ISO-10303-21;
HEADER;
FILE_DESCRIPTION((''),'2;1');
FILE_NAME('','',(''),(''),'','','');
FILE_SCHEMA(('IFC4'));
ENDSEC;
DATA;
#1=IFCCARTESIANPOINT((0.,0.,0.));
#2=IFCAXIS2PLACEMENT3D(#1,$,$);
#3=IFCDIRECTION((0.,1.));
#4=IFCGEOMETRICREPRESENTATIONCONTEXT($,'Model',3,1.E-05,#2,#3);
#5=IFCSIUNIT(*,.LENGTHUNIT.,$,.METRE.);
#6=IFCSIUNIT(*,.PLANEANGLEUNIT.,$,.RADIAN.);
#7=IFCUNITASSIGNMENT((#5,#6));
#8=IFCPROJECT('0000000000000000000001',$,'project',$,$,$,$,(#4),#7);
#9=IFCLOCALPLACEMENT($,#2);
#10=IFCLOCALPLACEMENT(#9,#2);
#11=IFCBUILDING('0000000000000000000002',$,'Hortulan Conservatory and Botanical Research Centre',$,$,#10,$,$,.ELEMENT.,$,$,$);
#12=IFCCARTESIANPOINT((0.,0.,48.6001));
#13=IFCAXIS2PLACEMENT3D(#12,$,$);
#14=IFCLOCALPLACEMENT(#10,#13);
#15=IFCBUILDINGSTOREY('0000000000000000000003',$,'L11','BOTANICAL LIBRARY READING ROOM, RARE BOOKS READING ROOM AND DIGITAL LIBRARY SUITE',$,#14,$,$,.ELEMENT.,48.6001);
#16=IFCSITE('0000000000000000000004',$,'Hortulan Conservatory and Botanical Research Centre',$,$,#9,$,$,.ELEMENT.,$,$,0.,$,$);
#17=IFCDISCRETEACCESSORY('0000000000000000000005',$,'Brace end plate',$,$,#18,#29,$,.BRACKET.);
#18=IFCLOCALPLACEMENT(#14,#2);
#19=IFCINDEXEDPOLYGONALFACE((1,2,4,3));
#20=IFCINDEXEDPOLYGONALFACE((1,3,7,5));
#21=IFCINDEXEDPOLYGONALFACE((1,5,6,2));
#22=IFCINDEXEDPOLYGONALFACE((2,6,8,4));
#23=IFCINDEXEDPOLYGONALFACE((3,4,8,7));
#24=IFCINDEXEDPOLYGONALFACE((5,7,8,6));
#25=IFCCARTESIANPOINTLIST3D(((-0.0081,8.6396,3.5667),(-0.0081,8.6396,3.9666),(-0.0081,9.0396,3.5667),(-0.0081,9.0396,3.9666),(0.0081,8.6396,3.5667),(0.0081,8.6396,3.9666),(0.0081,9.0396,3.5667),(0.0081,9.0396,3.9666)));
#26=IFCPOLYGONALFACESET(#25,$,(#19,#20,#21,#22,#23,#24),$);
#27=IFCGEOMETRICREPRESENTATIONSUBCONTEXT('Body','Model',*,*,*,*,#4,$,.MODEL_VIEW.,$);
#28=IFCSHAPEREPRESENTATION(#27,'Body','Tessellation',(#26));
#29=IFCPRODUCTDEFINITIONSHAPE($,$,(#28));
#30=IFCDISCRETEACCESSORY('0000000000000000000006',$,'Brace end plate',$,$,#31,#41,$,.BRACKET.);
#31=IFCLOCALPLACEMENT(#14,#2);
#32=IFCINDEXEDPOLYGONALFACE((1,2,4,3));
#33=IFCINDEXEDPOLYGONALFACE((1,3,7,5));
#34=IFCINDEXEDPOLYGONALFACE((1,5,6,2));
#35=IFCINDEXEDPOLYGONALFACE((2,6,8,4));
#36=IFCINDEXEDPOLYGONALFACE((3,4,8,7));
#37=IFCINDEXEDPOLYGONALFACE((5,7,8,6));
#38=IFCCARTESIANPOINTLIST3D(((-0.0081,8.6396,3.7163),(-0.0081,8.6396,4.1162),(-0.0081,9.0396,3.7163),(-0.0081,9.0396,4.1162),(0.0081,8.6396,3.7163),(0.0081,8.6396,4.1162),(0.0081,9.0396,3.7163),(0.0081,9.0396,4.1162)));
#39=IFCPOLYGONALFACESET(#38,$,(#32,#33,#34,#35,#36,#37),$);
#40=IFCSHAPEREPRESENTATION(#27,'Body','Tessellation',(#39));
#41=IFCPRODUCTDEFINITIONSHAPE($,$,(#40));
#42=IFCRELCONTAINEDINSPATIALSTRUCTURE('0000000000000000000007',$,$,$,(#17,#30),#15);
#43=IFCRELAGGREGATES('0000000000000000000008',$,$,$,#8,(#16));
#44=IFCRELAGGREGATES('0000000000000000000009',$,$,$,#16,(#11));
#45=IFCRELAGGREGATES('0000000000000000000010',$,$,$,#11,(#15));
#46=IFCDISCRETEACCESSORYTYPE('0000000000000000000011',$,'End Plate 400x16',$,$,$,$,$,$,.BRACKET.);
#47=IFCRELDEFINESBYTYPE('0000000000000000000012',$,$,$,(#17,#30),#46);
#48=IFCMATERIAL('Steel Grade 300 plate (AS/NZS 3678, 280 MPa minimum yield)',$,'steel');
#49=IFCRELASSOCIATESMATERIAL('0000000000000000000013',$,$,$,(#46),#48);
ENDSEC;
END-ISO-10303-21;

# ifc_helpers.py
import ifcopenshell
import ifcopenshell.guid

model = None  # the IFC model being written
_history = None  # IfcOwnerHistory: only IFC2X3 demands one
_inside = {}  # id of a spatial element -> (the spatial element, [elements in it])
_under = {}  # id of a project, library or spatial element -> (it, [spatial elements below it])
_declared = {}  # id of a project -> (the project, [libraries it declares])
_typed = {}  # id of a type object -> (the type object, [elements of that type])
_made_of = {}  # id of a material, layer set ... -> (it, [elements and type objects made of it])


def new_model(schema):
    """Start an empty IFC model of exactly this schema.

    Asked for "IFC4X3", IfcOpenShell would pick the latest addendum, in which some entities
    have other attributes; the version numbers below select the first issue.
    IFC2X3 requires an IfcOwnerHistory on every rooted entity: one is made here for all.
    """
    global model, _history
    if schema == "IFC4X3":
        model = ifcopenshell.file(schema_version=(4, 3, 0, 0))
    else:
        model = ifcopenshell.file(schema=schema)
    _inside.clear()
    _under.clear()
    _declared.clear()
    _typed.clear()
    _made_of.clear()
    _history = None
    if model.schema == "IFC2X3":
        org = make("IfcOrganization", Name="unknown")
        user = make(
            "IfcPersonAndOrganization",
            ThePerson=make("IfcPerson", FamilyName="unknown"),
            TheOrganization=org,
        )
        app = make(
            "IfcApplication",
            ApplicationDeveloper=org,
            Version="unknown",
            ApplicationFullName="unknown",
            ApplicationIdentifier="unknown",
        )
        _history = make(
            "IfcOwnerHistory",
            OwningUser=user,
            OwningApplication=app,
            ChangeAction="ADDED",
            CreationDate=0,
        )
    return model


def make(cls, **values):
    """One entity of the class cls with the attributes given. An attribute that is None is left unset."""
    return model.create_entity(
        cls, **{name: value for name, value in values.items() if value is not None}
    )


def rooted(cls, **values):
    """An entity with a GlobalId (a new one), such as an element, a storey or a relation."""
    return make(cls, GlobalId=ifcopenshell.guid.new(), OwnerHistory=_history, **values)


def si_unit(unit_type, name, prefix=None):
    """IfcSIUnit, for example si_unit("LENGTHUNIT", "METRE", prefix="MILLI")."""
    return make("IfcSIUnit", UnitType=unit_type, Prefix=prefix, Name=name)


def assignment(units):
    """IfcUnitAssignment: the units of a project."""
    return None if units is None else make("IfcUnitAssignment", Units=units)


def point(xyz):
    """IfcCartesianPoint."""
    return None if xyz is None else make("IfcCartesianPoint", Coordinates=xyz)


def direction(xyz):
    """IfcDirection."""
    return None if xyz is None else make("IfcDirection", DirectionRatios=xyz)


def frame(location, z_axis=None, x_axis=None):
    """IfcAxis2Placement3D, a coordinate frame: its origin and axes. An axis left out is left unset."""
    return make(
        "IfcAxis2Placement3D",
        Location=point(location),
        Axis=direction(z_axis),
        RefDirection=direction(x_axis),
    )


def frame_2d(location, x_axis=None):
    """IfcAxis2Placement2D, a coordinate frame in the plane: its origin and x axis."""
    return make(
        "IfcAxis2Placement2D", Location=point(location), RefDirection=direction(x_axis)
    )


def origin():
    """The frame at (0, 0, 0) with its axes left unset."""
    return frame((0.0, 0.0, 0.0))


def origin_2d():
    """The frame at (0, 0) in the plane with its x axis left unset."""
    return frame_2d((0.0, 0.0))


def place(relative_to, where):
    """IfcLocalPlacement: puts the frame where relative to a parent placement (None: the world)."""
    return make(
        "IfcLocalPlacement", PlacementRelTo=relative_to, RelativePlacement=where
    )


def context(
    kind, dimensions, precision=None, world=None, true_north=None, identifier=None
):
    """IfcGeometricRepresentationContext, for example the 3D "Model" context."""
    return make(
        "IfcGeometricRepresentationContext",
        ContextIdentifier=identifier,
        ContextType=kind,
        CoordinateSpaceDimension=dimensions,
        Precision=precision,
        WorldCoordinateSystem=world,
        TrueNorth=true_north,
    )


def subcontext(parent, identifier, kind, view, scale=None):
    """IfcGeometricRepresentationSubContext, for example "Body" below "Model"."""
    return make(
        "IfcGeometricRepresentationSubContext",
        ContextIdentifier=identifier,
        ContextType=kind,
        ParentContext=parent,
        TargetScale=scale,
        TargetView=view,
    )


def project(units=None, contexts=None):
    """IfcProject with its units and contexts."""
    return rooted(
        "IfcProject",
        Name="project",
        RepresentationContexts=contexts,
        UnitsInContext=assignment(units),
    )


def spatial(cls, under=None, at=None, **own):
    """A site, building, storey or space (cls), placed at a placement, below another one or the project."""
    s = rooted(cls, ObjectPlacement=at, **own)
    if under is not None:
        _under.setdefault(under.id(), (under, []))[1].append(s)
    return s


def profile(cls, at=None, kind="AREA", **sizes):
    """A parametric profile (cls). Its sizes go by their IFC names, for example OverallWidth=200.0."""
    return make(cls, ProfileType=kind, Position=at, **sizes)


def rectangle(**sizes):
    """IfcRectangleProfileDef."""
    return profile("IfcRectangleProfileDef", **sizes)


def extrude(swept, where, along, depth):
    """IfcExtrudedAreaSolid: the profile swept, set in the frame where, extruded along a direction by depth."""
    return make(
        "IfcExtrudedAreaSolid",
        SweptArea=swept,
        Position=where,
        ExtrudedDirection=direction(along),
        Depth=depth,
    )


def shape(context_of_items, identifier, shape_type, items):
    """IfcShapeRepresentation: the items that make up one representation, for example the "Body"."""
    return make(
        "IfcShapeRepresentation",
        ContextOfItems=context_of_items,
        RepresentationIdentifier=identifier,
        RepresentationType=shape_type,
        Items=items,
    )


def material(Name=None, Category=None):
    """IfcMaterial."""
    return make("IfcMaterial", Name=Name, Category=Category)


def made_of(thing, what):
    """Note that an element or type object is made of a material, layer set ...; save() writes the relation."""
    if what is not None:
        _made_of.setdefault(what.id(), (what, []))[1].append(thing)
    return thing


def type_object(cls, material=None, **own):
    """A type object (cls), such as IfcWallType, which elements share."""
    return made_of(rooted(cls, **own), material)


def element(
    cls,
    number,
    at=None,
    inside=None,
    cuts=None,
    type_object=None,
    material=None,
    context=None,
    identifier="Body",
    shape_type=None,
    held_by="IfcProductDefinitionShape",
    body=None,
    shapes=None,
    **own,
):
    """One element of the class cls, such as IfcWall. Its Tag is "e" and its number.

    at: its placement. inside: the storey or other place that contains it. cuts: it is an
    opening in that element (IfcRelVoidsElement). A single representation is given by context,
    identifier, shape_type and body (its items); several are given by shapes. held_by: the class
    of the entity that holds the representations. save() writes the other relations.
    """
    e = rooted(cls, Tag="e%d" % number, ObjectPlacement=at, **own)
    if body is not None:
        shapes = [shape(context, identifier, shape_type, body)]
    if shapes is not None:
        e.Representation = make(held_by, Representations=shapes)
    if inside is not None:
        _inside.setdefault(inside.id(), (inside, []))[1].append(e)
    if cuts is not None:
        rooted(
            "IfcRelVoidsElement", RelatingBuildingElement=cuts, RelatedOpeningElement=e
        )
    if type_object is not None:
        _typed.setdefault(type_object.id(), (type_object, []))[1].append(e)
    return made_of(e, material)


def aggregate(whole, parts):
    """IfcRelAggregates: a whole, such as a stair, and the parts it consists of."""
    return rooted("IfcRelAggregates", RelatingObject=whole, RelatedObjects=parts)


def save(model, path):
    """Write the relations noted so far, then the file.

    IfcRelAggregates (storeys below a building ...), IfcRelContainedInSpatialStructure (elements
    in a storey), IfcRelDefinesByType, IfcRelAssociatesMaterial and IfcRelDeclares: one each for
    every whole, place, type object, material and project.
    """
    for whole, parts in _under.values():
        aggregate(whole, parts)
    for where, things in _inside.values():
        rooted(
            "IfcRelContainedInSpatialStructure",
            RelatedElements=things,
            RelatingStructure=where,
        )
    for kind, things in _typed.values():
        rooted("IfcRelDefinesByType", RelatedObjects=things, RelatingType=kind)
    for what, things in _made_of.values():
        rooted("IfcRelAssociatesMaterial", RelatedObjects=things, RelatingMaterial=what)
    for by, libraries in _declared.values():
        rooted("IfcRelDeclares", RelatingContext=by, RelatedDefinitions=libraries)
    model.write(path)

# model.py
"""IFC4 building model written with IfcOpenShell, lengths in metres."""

from ifc_helpers import new_model, si_unit, direction, frame, origin, origin_2d, place, context, subcontext, project, spatial, rectangle, extrude, material, type_object, element, save


model = new_model("IFC4")

# Units and contexts
model_context = context("Model", 3, precision=1e-05, world=origin(), true_north=direction((0.0, 1.0)))
body_context = subcontext(model_context, "Body", "Model", "MODEL_VIEW")
ifc_project = project(units=[si_unit("LENGTHUNIT", "METRE"), si_unit("PLANEANGLEUNIT", "RADIAN")], contexts=[model_context])

# Site, building, storey
site_placement = place(None, origin())
site = spatial("IfcSite", under=ifc_project, at=site_placement, Name="Hortulan Conservatory and Botanical Research Centre", CompositionType="ELEMENT", RefElevation=0.0)
building_placement = place(site_placement, origin())
building = spatial("IfcBuilding", under=site, at=building_placement, Name="Hortulan Conservatory and Botanical Research Centre", CompositionType="ELEMENT")
storey_placement = place(building_placement, frame((0.0, 0.0, 48.6001)))
storey = spatial("IfcBuildingStorey", under=building, at=storey_placement, Name="L11", Description="BOTANICAL LIBRARY READING ROOM, RARE BOOKS READING ROOM AND DIGITAL LIBRARY SUITE", CompositionType="ELEMENT", Elevation=48.6001)

# Discrete accessories
ifc_material_1 = material(Name="Steel Grade 300 plate (AS/NZS 3678, 280 MPa minimum yield)", Category="steel")
discrete_accessory_type = type_object("IfcDiscreteAccessoryType", Name="End Plate 400x16", PredefinedType="BRACKET", material=ifc_material_1)
for number, where, z_axis, x_axis, name in (
    (1, (0.0, 8.8396, 3.5667), (0.0, 0.0, 1.0), (0.0, -1.0, 0.0), "Brace end plate"),
    (2, (0.0, 8.8396, 3.7163), (0.0, 0.0, 1.0), (0.0, -1.0, 0.0), "Brace end plate"),
):
    element("IfcDiscreteAccessory", number, at=place(storey_placement, frame(where, z_axis=z_axis, x_axis=x_axis)), inside=storey, type_object=discrete_accessory_type, Name=name, PredefinedType="BRACKET", context=body_context, shape_type="SweptSolid", body=[
        extrude(rectangle(XDim=0.3999, YDim=0.0161, at=origin_2d()), origin(), (0.0, 0.0, 1.0), 0.3999),
    ])

save(model, "model.ifc")
